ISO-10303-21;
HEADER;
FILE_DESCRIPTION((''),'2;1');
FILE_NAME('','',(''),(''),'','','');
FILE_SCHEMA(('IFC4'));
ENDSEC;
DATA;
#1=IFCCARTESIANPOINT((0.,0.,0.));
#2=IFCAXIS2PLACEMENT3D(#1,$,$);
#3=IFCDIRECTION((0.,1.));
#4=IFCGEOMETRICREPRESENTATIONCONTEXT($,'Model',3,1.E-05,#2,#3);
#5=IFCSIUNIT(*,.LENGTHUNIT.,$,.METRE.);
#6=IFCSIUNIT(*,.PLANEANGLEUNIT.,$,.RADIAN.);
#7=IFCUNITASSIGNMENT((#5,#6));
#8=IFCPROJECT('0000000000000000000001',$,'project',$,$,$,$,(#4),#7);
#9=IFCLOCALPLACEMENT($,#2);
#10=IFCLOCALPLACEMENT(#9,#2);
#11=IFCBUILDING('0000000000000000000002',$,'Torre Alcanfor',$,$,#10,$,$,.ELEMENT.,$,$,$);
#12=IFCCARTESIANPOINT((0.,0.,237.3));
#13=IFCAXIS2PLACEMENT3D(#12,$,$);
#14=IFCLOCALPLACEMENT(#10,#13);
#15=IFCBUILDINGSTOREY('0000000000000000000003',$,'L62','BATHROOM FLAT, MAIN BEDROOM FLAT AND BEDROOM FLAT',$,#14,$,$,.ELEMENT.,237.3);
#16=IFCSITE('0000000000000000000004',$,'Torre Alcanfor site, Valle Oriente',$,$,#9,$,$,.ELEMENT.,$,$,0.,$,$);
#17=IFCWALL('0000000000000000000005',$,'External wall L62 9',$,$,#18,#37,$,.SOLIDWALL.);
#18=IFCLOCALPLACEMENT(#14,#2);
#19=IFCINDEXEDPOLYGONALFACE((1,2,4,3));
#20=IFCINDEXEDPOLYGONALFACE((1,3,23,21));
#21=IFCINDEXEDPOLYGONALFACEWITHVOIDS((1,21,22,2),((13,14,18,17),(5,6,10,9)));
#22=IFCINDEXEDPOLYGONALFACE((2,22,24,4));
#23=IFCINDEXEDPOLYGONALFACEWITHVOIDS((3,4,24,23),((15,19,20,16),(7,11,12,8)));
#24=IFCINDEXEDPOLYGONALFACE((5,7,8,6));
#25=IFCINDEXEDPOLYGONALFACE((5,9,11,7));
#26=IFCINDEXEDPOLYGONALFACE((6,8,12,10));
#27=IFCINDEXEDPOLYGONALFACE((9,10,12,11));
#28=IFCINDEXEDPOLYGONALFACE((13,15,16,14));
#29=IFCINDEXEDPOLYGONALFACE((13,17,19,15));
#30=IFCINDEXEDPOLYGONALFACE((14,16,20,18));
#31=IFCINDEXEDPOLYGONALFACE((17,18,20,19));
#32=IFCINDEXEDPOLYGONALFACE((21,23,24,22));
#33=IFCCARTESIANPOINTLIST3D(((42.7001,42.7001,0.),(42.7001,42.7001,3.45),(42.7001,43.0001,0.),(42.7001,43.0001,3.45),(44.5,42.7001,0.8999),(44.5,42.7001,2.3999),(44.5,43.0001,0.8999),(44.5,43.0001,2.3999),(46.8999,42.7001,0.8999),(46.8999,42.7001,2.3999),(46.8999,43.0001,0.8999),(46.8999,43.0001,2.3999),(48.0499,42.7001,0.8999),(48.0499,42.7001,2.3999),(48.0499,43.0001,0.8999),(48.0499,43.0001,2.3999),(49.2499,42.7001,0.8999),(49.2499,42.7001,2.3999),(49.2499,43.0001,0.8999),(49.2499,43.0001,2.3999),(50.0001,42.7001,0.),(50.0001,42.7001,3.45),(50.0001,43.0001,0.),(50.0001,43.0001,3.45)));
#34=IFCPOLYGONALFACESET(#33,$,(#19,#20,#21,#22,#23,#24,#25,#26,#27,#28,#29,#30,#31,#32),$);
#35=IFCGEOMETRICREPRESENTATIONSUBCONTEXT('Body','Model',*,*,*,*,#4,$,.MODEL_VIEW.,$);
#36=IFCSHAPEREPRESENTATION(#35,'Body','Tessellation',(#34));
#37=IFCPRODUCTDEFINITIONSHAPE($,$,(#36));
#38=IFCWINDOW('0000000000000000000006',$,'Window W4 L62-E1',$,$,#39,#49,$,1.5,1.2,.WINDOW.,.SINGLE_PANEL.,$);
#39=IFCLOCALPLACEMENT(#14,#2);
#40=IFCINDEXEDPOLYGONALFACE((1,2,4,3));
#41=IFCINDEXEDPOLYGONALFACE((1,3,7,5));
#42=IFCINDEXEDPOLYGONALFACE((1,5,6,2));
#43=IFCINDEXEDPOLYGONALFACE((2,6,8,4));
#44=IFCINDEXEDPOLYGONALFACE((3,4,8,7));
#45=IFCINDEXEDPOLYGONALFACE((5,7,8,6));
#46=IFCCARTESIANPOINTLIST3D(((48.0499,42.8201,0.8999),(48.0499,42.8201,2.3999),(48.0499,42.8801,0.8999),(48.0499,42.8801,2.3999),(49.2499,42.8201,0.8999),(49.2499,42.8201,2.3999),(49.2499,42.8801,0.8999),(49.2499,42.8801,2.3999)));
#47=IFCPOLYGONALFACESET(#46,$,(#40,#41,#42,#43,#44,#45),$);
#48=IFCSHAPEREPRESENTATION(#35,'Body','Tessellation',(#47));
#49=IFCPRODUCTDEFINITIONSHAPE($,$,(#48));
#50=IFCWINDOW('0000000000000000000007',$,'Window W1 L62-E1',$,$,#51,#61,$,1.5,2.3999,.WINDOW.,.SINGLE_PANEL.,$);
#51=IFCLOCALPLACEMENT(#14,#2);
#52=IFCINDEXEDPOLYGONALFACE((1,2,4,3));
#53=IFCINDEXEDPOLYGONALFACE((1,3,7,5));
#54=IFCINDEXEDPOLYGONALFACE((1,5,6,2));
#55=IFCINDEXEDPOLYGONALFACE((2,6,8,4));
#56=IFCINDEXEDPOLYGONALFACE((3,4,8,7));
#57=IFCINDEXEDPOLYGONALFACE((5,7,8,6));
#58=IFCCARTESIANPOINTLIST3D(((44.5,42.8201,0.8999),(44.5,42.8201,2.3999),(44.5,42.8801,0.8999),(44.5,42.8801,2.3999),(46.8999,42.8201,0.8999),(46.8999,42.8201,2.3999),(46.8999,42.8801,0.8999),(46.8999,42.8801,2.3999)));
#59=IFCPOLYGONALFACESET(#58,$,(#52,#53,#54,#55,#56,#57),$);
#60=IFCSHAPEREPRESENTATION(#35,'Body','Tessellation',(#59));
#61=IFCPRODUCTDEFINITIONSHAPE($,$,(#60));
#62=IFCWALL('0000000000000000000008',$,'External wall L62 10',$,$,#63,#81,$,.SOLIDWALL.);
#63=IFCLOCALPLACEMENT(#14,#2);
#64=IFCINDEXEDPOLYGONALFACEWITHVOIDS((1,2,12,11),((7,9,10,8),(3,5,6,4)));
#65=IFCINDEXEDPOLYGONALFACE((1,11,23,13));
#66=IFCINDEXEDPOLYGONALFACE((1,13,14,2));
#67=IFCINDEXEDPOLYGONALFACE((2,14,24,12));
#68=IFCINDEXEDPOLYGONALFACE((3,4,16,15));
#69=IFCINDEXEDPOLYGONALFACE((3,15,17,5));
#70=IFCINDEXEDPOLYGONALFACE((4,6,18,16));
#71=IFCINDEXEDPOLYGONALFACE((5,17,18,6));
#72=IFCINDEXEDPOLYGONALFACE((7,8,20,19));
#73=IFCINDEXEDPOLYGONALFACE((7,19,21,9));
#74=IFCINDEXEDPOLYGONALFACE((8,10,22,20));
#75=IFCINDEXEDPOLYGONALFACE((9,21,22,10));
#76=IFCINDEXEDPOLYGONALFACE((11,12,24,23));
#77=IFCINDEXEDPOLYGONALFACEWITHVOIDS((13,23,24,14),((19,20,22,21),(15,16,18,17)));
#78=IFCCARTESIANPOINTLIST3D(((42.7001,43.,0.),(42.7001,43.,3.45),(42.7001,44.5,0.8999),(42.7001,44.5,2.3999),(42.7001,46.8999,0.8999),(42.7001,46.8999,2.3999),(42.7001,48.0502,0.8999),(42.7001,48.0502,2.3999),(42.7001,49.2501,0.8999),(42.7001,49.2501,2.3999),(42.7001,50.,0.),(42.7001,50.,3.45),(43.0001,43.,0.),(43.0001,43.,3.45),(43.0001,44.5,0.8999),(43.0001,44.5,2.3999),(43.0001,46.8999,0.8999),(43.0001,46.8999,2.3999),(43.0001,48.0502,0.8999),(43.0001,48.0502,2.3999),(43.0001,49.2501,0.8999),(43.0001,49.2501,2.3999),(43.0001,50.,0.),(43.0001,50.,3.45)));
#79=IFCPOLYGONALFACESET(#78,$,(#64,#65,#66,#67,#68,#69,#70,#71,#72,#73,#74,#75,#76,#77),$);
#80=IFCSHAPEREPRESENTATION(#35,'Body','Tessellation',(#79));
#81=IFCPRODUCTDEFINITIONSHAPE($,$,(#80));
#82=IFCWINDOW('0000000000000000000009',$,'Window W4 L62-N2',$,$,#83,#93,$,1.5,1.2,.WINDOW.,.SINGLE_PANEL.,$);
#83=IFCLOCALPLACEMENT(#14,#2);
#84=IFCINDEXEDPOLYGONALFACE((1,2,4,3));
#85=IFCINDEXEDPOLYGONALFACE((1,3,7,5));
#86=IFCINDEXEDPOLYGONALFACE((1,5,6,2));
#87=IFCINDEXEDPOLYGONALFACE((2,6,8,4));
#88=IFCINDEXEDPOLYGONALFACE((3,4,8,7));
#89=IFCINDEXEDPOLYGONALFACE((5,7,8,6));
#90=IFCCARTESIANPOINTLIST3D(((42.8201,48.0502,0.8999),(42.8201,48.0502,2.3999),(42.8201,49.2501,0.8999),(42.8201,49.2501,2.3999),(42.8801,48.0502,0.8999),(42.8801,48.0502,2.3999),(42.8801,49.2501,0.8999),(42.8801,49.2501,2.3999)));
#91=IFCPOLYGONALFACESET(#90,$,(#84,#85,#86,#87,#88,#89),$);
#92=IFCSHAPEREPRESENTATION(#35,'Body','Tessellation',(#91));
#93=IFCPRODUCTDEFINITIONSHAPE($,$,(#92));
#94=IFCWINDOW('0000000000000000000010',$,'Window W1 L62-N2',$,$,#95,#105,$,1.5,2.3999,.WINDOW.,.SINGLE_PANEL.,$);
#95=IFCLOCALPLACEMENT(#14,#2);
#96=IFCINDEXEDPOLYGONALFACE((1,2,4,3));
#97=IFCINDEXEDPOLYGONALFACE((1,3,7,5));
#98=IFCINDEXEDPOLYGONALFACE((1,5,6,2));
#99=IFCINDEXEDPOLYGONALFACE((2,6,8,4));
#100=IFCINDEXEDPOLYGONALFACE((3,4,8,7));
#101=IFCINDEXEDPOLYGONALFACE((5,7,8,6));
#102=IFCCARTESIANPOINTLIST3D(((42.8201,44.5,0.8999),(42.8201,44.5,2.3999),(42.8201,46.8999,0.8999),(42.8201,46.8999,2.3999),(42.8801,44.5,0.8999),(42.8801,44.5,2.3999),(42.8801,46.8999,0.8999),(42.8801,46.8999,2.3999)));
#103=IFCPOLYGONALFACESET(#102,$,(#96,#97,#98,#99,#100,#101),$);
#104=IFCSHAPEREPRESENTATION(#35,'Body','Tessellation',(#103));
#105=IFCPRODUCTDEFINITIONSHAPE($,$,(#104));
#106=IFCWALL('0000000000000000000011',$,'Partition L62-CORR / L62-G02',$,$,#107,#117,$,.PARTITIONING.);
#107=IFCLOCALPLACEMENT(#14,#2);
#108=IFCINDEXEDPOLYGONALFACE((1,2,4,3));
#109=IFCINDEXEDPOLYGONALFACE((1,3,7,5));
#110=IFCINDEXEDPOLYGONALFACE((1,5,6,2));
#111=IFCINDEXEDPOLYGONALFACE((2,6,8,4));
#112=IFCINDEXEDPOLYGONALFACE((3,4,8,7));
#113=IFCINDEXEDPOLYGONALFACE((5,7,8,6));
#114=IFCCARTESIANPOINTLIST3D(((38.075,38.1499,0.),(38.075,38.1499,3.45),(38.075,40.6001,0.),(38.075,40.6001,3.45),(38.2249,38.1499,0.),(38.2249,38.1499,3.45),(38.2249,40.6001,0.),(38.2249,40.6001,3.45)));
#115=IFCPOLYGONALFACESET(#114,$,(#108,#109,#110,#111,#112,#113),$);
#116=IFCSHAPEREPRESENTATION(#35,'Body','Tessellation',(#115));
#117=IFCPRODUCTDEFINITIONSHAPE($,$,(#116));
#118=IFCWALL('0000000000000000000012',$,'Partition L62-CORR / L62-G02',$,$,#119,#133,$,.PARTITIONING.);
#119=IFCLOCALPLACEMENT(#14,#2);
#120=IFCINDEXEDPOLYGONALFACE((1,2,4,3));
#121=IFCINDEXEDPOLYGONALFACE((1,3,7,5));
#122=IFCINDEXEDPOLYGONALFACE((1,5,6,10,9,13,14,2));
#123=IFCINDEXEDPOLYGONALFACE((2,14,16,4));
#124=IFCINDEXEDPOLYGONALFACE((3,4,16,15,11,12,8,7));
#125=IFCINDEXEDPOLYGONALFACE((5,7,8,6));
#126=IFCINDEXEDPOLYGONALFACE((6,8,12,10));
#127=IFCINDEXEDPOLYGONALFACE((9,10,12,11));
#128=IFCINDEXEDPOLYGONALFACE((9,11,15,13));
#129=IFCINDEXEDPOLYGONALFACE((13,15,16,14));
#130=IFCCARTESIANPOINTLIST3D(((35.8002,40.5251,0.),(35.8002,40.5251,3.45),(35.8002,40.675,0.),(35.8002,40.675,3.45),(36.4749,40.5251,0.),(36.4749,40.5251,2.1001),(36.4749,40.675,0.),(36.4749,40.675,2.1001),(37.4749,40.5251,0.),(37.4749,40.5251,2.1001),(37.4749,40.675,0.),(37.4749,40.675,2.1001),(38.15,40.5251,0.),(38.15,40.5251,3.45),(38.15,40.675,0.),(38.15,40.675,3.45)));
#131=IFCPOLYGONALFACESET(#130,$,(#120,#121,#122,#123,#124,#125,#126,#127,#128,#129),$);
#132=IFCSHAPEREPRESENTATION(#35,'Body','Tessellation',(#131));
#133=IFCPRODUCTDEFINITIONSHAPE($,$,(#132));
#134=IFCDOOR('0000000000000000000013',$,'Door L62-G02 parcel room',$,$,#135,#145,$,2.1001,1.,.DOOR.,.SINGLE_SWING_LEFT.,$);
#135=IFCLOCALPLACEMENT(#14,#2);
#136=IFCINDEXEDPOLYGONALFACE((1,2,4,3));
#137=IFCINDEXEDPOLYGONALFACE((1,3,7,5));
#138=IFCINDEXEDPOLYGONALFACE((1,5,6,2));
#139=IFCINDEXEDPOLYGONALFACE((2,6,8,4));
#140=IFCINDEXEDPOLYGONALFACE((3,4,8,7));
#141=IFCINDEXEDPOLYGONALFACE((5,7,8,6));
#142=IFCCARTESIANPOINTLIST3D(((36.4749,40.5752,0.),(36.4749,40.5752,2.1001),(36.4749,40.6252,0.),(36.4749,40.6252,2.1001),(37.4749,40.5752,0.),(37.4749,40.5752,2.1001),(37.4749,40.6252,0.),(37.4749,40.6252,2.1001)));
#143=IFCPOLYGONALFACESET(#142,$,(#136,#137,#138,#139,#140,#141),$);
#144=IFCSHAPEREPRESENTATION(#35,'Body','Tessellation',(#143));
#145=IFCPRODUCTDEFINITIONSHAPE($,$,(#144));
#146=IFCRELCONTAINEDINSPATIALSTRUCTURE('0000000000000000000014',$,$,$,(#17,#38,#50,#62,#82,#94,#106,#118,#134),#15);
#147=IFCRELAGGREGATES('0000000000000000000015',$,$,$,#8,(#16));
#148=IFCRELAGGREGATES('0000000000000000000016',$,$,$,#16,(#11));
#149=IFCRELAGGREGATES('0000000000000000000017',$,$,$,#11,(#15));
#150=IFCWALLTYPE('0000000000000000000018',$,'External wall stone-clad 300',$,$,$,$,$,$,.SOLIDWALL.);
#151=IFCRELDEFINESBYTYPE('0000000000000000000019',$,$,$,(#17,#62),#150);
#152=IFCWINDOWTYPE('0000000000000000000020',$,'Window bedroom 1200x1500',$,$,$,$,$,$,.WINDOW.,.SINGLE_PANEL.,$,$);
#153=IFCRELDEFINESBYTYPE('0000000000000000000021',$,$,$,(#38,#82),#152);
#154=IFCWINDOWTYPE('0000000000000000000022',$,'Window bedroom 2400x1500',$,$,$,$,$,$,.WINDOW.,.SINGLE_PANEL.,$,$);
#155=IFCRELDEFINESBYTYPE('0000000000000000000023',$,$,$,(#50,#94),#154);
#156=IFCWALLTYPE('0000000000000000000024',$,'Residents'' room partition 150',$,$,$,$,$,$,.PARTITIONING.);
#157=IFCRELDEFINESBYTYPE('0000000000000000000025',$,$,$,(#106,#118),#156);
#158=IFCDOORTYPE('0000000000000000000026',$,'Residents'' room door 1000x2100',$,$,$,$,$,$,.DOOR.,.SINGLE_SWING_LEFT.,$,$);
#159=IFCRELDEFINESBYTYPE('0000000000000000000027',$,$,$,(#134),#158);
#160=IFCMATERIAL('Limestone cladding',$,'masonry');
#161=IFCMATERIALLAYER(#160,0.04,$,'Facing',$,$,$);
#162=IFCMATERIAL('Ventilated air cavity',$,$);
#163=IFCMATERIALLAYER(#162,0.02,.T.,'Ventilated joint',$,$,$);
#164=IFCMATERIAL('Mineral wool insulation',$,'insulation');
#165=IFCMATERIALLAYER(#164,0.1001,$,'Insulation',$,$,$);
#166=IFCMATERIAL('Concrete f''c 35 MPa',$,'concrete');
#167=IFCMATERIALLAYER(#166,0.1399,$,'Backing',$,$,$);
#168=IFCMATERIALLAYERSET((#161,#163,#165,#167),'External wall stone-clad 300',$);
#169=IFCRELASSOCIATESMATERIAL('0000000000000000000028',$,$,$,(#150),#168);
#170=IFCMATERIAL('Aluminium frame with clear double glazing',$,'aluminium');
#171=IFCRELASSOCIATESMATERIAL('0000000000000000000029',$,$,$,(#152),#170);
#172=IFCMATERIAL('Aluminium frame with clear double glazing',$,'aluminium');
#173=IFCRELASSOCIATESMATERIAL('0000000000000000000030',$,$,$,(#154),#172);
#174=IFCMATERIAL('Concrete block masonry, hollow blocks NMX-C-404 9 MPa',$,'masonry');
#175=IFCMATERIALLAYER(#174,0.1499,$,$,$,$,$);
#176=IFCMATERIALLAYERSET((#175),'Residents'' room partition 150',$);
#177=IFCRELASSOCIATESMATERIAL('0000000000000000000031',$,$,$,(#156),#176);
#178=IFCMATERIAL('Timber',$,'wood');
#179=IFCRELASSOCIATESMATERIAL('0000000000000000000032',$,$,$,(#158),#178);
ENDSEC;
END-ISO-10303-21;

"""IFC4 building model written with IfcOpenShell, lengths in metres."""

from ifc_helpers import new_model, si_unit, direction, frame, frame_2d, origin, place, context, subcontext, project, spatial, rectangle, extrude, material, layer, layer_set, type_object, element, fill, save


model = new_model("IFC4")

# Units and contexts
model_context = context("Model", 3, precision=1e-05, world=origin(), true_north=direction((0.0, 1.0)))
body_context = subcontext(model_context, "Body", "Model", "MODEL_VIEW")
ifc_project = project(units=[si_unit("LENGTHUNIT", "METRE"), si_unit("PLANEANGLEUNIT", "RADIAN")], contexts=[model_context])

# Site, building, storey
site_placement = place(None, origin())
site = spatial("IfcSite", under=ifc_project, at=site_placement, Name="Torre Alcanfor site, Valle Oriente", CompositionType="ELEMENT", RefElevation=0.0)
building_placement = place(site_placement, origin())
building = spatial("IfcBuilding", under=site, at=building_placement, Name="Torre Alcanfor", CompositionType="ELEMENT")
storey_placement = place(building_placement, frame((0.0, 0.0, 237.3)))
storey = spatial("IfcBuildingStorey", under=building, at=storey_placement, Name="L62", Description="BATHROOM FLAT, MAIN BEDROOM FLAT AND BEDROOM FLAT", CompositionType="ELEMENT", Elevation=237.3)

# Walls, openings, windows
ifc_material_1 = material(Name="Limestone cladding", Category="masonry")
ifc_layer_1 = layer(ifc_material_1, 0.04, Name="Facing")
ifc_material_2 = material(Name="Ventilated air cavity")
ifc_layer_2 = layer(ifc_material_2, 0.02, ventilated=True, Name="Ventilated joint")
ifc_material_3 = material(Name="Mineral wool insulation", Category="insulation")
ifc_layer_3 = layer(ifc_material_3, 0.1001, Name="Insulation")
ifc_material_4 = material(Name="Concrete f'c 35 MPa", Category="concrete")
ifc_layer_4 = layer(ifc_material_4, 0.1399, Name="Backing")
ifc_layer_set_1 = layer_set([ifc_layer_1, ifc_layer_2, ifc_layer_3, ifc_layer_4], Name="External wall stone-clad 300")
wall_type_1 = type_object("IfcWallType", Name="External wall stone-clad 300", PredefinedType="SOLIDWALL", material=ifc_layer_set_1)
wall_1_placement = place(storey_placement, frame((50.0, 42.8501, 0.0), z_axis=(0.0, 0.0, 1.0), x_axis=(-1.0, 0.0, 0.0)))
wall_1 = element("IfcWall", 1, at=wall_1_placement, inside=storey, type_object=wall_type_1, Name="External wall L62 9", PredefinedType="SOLIDWALL", context=body_context, shape_type="SweptSolid", body=[
    extrude(rectangle(XDim=7.3, YDim=0.3, at=frame_2d((3.6499, 0.0))), origin(), (0.0, 0.0, 1.0), 3.45),
])
opening_1_placement = place(wall_1_placement, frame((3.1001, 0.0, 0.8999)))
opening_1 = element("IfcOpeningElement", 2, at=opening_1_placement, cuts=wall_1, PredefinedType="OPENING", context=body_context, shape_type="SweptSolid", body=[
    extrude(rectangle(XDim=2.3999, YDim=1.5, at=frame_2d((1.2, 0.75))), frame((0.0, 0.1599, 0.0), z_axis=(0.0, -1.0, 0.0), x_axis=(1.0, 0.0, 0.0)), (0.0, 0.0, 1.0), 0.3201),
])
opening_2_placement = place(wall_1_placement, frame((0.75, 0.0, 0.8999)))
opening_2 = element("IfcOpeningElement", 3, at=opening_2_placement, cuts=wall_1, PredefinedType="OPENING", context=body_context, shape_type="SweptSolid", body=[
    extrude(rectangle(XDim=1.2, YDim=1.5, at=frame_2d((0.6001, 0.75))), frame((0.0, 0.1599, 0.0), z_axis=(0.0, -1.0, 0.0), x_axis=(1.0, 0.0, 0.0)), (0.0, 0.0, 1.0), 0.3201),
])
ifc_material_5 = material(Name="Aluminium frame with clear double glazing", Category="aluminium")
window_type_1 = type_object("IfcWindowType", Name="Window bedroom 1200x1500", PartitioningType="SINGLE_PANEL", PredefinedType="WINDOW", material=ifc_material_5)
window_1_placement = place(opening_2_placement, origin())
window_1 = element("IfcWindow", 4, at=window_1_placement, inside=storey, type_object=window_type_1, Name="Window W4 L62-E1", OverallHeight=1.5, OverallWidth=1.2, PartitioningType="SINGLE_PANEL", PredefinedType="WINDOW", context=body_context, shape_type="SweptSolid", body=[
    extrude(rectangle(XDim=1.2, YDim=1.5, at=frame_2d((0.6001, 0.75))), frame((0.0, 0.03, 0.0), z_axis=(0.0, -1.0, 0.0), x_axis=(1.0, 0.0, 0.0)), (0.0, 0.0, 1.0), 0.0601),
])
fill(opening_2, window_1)
ifc_material_6 = material(Name="Aluminium frame with clear double glazing", Category="aluminium")
window_type_2 = type_object("IfcWindowType", Name="Window bedroom 2400x1500", PartitioningType="SINGLE_PANEL", PredefinedType="WINDOW", material=ifc_material_6)
window_2_placement = place(opening_1_placement, origin())
window_2 = element("IfcWindow", 5, at=window_2_placement, inside=storey, type_object=window_type_2, Name="Window W1 L62-E1", OverallHeight=1.5, OverallWidth=2.3999, PartitioningType="SINGLE_PANEL", PredefinedType="WINDOW", context=body_context, shape_type="SweptSolid", body=[
    extrude(rectangle(XDim=2.3999, YDim=1.5, at=frame_2d((1.2, 0.75))), frame((0.0, 0.03, 0.0), z_axis=(0.0, -1.0, 0.0), x_axis=(1.0, 0.0, 0.0)), (0.0, 0.0, 1.0), 0.0601),
])
fill(opening_1, window_2)
wall_2_placement = place(storey_placement, frame((42.8501, 43.0, 0.0), z_axis=(0.0, 0.0, 1.0), x_axis=(0.0, 1.0, 0.0)))
wall_2 = element("IfcWall", 6, at=wall_2_placement, inside=storey, type_object=wall_type_1, Name="External wall L62 10", PredefinedType="SOLIDWALL", context=body_context, shape_type="SweptSolid", body=[
    extrude(rectangle(XDim=7.0, YDim=0.3, at=frame_2d((3.5, 0.0))), origin(), (0.0, 0.0, 1.0), 3.45),
])
opening_3_placement = place(wall_2_placement, frame((1.5, 0.0, 0.8999)))
opening_3 = element("IfcOpeningElement", 7, at=opening_3_placement, cuts=wall_2, PredefinedType="OPENING", context=body_context, shape_type="SweptSolid", body=[
    extrude(rectangle(XDim=2.3999, YDim=1.5, at=frame_2d((1.2, 0.75))), frame((0.0, 0.1599, 0.0), z_axis=(0.0, -1.0, 0.0), x_axis=(1.0, 0.0, 0.0)), (0.0, 0.0, 1.0), 0.3201),
])
opening_4_placement = place(wall_2_placement, frame((5.05, 0.0, 0.8999)))
opening_4 = element("IfcOpeningElement", 8, at=opening_4_placement, cuts=wall_2, PredefinedType="OPENING", context=body_context, shape_type="SweptSolid", body=[
    extrude(rectangle(XDim=1.2, YDim=1.5, at=frame_2d((0.6001, 0.75))), frame((0.0, 0.1599, 0.0), z_axis=(0.0, -1.0, 0.0), x_axis=(1.0, 0.0, 0.0)), (0.0, 0.0, 1.0), 0.3201),
])
window_3_placement = place(opening_4_placement, origin())
window_3 = element("IfcWindow", 9, at=window_3_placement, inside=storey, type_object=window_type_1, Name="Window W4 L62-N2", OverallHeight=1.5, OverallWidth=1.2, PartitioningType="SINGLE_PANEL", PredefinedType="WINDOW", context=body_context, shape_type="SweptSolid", body=[
    extrude(rectangle(XDim=1.2, YDim=1.5, at=frame_2d((0.6001, 0.75))), frame((0.0, 0.03, 0.0), z_axis=(0.0, -1.0, 0.0), x_axis=(1.0, 0.0, 0.0)), (0.0, 0.0, 1.0), 0.0601),
])
fill(opening_4, window_3)
window_4_placement = place(opening_3_placement, origin())
window_4 = element("IfcWindow", 10, at=window_4_placement, inside=storey, type_object=window_type_2, Name="Window W1 L62-N2", OverallHeight=1.5, OverallWidth=2.3999, PartitioningType="SINGLE_PANEL", PredefinedType="WINDOW", context=body_context, shape_type="SweptSolid", body=[
    extrude(rectangle(XDim=2.3999, YDim=1.5, at=frame_2d((1.2, 0.75))), frame((0.0, 0.03, 0.0), z_axis=(0.0, -1.0, 0.0), x_axis=(1.0, 0.0, 0.0)), (0.0, 0.0, 1.0), 0.0601),
])
fill(opening_3, window_4)

# Wall
ifc_material_7 = material(Name="Concrete block masonry, hollow blocks NMX-C-404 9 MPa", Category="masonry")
ifc_layer_5 = layer(ifc_material_7, 0.1499)
ifc_layer_set_2 = layer_set([ifc_layer_5], Name="Residents' room partition 150")
wall_type_2 = type_object("IfcWallType", Name="Residents' room partition 150", PredefinedType="PARTITIONING", material=ifc_layer_set_2)
wall_3_placement = place(storey_placement, frame((38.1499, 38.1499, 0.0), z_axis=(0.0, 0.0, 1.0), x_axis=(0.0, 1.0, 0.0)))
element("IfcWall", 11, at=wall_3_placement, inside=storey, type_object=wall_type_2, Name="Partition L62-CORR / L62-G02", PredefinedType="PARTITIONING", context=body_context, shape_type="SweptSolid", body=[
    extrude(rectangle(XDim=2.4502, YDim=0.1499, at=frame_2d((1.2251, 0.0))), origin(), (0.0, 0.0, 1.0), 3.45),
])

# Wall, opening, door
wall_4_placement = place(storey_placement, frame((38.1499, 40.6001, 0.0), z_axis=(0.0, 0.0, 1.0), x_axis=(-1.0, 0.0, 0.0)))
wall_4 = element("IfcWall", 12, at=wall_4_placement, inside=storey, type_object=wall_type_2, Name="Partition L62-CORR / L62-G02", PredefinedType="PARTITIONING", context=body_context, shape_type="SweptSolid", body=[
    extrude(rectangle(XDim=2.3499, YDim=0.1499, at=frame_2d((1.1748, 0.0))), origin(), (0.0, 0.0, 1.0), 3.45),
])
opening_5_placement = place(wall_4_placement, frame((0.675, 0.0, 0.0)))
opening_5 = element("IfcOpeningElement", 13, at=opening_5_placement, cuts=wall_4, PredefinedType="OPENING", context=body_context, shape_type="SweptSolid", body=[
    extrude(rectangle(XDim=1.0, YDim=2.1001, at=frame_2d((0.5, 1.05))), frame((0.0, 0.085, 0.0), z_axis=(0.0, -1.0, 0.0), x_axis=(1.0, 0.0, 0.0)), (0.0, 0.0, 1.0), 0.1699),
])
ifc_material_8 = material(Name="Timber", Category="wood")
door_type_1 = type_object("IfcDoorType", Name="Residents' room door 1000x2100", OperationType="SINGLE_SWING_LEFT", PredefinedType="DOOR", material=ifc_material_8)
door_1_placement = place(opening_5_placement, origin())
door_1 = element("IfcDoor", 14, at=door_1_placement, inside=storey, type_object=door_type_1, Name="Door L62-G02 parcel room", OperationType="SINGLE_SWING_LEFT", OverallHeight=2.1001, OverallWidth=1.0, PredefinedType="DOOR", context=body_context, shape_type="SweptSolid", body=[
    extrude(rectangle(XDim=1.0, YDim=2.1001, at=frame_2d((0.5, 1.05))), frame((0.0, 0.0249, 0.0), z_axis=(0.0, -1.0, 0.0), x_axis=(1.0, 0.0, 0.0)), (0.0, 0.0, 1.0), 0.05),
])
fill(opening_5, door_1)

save(model, "model.ifc")
